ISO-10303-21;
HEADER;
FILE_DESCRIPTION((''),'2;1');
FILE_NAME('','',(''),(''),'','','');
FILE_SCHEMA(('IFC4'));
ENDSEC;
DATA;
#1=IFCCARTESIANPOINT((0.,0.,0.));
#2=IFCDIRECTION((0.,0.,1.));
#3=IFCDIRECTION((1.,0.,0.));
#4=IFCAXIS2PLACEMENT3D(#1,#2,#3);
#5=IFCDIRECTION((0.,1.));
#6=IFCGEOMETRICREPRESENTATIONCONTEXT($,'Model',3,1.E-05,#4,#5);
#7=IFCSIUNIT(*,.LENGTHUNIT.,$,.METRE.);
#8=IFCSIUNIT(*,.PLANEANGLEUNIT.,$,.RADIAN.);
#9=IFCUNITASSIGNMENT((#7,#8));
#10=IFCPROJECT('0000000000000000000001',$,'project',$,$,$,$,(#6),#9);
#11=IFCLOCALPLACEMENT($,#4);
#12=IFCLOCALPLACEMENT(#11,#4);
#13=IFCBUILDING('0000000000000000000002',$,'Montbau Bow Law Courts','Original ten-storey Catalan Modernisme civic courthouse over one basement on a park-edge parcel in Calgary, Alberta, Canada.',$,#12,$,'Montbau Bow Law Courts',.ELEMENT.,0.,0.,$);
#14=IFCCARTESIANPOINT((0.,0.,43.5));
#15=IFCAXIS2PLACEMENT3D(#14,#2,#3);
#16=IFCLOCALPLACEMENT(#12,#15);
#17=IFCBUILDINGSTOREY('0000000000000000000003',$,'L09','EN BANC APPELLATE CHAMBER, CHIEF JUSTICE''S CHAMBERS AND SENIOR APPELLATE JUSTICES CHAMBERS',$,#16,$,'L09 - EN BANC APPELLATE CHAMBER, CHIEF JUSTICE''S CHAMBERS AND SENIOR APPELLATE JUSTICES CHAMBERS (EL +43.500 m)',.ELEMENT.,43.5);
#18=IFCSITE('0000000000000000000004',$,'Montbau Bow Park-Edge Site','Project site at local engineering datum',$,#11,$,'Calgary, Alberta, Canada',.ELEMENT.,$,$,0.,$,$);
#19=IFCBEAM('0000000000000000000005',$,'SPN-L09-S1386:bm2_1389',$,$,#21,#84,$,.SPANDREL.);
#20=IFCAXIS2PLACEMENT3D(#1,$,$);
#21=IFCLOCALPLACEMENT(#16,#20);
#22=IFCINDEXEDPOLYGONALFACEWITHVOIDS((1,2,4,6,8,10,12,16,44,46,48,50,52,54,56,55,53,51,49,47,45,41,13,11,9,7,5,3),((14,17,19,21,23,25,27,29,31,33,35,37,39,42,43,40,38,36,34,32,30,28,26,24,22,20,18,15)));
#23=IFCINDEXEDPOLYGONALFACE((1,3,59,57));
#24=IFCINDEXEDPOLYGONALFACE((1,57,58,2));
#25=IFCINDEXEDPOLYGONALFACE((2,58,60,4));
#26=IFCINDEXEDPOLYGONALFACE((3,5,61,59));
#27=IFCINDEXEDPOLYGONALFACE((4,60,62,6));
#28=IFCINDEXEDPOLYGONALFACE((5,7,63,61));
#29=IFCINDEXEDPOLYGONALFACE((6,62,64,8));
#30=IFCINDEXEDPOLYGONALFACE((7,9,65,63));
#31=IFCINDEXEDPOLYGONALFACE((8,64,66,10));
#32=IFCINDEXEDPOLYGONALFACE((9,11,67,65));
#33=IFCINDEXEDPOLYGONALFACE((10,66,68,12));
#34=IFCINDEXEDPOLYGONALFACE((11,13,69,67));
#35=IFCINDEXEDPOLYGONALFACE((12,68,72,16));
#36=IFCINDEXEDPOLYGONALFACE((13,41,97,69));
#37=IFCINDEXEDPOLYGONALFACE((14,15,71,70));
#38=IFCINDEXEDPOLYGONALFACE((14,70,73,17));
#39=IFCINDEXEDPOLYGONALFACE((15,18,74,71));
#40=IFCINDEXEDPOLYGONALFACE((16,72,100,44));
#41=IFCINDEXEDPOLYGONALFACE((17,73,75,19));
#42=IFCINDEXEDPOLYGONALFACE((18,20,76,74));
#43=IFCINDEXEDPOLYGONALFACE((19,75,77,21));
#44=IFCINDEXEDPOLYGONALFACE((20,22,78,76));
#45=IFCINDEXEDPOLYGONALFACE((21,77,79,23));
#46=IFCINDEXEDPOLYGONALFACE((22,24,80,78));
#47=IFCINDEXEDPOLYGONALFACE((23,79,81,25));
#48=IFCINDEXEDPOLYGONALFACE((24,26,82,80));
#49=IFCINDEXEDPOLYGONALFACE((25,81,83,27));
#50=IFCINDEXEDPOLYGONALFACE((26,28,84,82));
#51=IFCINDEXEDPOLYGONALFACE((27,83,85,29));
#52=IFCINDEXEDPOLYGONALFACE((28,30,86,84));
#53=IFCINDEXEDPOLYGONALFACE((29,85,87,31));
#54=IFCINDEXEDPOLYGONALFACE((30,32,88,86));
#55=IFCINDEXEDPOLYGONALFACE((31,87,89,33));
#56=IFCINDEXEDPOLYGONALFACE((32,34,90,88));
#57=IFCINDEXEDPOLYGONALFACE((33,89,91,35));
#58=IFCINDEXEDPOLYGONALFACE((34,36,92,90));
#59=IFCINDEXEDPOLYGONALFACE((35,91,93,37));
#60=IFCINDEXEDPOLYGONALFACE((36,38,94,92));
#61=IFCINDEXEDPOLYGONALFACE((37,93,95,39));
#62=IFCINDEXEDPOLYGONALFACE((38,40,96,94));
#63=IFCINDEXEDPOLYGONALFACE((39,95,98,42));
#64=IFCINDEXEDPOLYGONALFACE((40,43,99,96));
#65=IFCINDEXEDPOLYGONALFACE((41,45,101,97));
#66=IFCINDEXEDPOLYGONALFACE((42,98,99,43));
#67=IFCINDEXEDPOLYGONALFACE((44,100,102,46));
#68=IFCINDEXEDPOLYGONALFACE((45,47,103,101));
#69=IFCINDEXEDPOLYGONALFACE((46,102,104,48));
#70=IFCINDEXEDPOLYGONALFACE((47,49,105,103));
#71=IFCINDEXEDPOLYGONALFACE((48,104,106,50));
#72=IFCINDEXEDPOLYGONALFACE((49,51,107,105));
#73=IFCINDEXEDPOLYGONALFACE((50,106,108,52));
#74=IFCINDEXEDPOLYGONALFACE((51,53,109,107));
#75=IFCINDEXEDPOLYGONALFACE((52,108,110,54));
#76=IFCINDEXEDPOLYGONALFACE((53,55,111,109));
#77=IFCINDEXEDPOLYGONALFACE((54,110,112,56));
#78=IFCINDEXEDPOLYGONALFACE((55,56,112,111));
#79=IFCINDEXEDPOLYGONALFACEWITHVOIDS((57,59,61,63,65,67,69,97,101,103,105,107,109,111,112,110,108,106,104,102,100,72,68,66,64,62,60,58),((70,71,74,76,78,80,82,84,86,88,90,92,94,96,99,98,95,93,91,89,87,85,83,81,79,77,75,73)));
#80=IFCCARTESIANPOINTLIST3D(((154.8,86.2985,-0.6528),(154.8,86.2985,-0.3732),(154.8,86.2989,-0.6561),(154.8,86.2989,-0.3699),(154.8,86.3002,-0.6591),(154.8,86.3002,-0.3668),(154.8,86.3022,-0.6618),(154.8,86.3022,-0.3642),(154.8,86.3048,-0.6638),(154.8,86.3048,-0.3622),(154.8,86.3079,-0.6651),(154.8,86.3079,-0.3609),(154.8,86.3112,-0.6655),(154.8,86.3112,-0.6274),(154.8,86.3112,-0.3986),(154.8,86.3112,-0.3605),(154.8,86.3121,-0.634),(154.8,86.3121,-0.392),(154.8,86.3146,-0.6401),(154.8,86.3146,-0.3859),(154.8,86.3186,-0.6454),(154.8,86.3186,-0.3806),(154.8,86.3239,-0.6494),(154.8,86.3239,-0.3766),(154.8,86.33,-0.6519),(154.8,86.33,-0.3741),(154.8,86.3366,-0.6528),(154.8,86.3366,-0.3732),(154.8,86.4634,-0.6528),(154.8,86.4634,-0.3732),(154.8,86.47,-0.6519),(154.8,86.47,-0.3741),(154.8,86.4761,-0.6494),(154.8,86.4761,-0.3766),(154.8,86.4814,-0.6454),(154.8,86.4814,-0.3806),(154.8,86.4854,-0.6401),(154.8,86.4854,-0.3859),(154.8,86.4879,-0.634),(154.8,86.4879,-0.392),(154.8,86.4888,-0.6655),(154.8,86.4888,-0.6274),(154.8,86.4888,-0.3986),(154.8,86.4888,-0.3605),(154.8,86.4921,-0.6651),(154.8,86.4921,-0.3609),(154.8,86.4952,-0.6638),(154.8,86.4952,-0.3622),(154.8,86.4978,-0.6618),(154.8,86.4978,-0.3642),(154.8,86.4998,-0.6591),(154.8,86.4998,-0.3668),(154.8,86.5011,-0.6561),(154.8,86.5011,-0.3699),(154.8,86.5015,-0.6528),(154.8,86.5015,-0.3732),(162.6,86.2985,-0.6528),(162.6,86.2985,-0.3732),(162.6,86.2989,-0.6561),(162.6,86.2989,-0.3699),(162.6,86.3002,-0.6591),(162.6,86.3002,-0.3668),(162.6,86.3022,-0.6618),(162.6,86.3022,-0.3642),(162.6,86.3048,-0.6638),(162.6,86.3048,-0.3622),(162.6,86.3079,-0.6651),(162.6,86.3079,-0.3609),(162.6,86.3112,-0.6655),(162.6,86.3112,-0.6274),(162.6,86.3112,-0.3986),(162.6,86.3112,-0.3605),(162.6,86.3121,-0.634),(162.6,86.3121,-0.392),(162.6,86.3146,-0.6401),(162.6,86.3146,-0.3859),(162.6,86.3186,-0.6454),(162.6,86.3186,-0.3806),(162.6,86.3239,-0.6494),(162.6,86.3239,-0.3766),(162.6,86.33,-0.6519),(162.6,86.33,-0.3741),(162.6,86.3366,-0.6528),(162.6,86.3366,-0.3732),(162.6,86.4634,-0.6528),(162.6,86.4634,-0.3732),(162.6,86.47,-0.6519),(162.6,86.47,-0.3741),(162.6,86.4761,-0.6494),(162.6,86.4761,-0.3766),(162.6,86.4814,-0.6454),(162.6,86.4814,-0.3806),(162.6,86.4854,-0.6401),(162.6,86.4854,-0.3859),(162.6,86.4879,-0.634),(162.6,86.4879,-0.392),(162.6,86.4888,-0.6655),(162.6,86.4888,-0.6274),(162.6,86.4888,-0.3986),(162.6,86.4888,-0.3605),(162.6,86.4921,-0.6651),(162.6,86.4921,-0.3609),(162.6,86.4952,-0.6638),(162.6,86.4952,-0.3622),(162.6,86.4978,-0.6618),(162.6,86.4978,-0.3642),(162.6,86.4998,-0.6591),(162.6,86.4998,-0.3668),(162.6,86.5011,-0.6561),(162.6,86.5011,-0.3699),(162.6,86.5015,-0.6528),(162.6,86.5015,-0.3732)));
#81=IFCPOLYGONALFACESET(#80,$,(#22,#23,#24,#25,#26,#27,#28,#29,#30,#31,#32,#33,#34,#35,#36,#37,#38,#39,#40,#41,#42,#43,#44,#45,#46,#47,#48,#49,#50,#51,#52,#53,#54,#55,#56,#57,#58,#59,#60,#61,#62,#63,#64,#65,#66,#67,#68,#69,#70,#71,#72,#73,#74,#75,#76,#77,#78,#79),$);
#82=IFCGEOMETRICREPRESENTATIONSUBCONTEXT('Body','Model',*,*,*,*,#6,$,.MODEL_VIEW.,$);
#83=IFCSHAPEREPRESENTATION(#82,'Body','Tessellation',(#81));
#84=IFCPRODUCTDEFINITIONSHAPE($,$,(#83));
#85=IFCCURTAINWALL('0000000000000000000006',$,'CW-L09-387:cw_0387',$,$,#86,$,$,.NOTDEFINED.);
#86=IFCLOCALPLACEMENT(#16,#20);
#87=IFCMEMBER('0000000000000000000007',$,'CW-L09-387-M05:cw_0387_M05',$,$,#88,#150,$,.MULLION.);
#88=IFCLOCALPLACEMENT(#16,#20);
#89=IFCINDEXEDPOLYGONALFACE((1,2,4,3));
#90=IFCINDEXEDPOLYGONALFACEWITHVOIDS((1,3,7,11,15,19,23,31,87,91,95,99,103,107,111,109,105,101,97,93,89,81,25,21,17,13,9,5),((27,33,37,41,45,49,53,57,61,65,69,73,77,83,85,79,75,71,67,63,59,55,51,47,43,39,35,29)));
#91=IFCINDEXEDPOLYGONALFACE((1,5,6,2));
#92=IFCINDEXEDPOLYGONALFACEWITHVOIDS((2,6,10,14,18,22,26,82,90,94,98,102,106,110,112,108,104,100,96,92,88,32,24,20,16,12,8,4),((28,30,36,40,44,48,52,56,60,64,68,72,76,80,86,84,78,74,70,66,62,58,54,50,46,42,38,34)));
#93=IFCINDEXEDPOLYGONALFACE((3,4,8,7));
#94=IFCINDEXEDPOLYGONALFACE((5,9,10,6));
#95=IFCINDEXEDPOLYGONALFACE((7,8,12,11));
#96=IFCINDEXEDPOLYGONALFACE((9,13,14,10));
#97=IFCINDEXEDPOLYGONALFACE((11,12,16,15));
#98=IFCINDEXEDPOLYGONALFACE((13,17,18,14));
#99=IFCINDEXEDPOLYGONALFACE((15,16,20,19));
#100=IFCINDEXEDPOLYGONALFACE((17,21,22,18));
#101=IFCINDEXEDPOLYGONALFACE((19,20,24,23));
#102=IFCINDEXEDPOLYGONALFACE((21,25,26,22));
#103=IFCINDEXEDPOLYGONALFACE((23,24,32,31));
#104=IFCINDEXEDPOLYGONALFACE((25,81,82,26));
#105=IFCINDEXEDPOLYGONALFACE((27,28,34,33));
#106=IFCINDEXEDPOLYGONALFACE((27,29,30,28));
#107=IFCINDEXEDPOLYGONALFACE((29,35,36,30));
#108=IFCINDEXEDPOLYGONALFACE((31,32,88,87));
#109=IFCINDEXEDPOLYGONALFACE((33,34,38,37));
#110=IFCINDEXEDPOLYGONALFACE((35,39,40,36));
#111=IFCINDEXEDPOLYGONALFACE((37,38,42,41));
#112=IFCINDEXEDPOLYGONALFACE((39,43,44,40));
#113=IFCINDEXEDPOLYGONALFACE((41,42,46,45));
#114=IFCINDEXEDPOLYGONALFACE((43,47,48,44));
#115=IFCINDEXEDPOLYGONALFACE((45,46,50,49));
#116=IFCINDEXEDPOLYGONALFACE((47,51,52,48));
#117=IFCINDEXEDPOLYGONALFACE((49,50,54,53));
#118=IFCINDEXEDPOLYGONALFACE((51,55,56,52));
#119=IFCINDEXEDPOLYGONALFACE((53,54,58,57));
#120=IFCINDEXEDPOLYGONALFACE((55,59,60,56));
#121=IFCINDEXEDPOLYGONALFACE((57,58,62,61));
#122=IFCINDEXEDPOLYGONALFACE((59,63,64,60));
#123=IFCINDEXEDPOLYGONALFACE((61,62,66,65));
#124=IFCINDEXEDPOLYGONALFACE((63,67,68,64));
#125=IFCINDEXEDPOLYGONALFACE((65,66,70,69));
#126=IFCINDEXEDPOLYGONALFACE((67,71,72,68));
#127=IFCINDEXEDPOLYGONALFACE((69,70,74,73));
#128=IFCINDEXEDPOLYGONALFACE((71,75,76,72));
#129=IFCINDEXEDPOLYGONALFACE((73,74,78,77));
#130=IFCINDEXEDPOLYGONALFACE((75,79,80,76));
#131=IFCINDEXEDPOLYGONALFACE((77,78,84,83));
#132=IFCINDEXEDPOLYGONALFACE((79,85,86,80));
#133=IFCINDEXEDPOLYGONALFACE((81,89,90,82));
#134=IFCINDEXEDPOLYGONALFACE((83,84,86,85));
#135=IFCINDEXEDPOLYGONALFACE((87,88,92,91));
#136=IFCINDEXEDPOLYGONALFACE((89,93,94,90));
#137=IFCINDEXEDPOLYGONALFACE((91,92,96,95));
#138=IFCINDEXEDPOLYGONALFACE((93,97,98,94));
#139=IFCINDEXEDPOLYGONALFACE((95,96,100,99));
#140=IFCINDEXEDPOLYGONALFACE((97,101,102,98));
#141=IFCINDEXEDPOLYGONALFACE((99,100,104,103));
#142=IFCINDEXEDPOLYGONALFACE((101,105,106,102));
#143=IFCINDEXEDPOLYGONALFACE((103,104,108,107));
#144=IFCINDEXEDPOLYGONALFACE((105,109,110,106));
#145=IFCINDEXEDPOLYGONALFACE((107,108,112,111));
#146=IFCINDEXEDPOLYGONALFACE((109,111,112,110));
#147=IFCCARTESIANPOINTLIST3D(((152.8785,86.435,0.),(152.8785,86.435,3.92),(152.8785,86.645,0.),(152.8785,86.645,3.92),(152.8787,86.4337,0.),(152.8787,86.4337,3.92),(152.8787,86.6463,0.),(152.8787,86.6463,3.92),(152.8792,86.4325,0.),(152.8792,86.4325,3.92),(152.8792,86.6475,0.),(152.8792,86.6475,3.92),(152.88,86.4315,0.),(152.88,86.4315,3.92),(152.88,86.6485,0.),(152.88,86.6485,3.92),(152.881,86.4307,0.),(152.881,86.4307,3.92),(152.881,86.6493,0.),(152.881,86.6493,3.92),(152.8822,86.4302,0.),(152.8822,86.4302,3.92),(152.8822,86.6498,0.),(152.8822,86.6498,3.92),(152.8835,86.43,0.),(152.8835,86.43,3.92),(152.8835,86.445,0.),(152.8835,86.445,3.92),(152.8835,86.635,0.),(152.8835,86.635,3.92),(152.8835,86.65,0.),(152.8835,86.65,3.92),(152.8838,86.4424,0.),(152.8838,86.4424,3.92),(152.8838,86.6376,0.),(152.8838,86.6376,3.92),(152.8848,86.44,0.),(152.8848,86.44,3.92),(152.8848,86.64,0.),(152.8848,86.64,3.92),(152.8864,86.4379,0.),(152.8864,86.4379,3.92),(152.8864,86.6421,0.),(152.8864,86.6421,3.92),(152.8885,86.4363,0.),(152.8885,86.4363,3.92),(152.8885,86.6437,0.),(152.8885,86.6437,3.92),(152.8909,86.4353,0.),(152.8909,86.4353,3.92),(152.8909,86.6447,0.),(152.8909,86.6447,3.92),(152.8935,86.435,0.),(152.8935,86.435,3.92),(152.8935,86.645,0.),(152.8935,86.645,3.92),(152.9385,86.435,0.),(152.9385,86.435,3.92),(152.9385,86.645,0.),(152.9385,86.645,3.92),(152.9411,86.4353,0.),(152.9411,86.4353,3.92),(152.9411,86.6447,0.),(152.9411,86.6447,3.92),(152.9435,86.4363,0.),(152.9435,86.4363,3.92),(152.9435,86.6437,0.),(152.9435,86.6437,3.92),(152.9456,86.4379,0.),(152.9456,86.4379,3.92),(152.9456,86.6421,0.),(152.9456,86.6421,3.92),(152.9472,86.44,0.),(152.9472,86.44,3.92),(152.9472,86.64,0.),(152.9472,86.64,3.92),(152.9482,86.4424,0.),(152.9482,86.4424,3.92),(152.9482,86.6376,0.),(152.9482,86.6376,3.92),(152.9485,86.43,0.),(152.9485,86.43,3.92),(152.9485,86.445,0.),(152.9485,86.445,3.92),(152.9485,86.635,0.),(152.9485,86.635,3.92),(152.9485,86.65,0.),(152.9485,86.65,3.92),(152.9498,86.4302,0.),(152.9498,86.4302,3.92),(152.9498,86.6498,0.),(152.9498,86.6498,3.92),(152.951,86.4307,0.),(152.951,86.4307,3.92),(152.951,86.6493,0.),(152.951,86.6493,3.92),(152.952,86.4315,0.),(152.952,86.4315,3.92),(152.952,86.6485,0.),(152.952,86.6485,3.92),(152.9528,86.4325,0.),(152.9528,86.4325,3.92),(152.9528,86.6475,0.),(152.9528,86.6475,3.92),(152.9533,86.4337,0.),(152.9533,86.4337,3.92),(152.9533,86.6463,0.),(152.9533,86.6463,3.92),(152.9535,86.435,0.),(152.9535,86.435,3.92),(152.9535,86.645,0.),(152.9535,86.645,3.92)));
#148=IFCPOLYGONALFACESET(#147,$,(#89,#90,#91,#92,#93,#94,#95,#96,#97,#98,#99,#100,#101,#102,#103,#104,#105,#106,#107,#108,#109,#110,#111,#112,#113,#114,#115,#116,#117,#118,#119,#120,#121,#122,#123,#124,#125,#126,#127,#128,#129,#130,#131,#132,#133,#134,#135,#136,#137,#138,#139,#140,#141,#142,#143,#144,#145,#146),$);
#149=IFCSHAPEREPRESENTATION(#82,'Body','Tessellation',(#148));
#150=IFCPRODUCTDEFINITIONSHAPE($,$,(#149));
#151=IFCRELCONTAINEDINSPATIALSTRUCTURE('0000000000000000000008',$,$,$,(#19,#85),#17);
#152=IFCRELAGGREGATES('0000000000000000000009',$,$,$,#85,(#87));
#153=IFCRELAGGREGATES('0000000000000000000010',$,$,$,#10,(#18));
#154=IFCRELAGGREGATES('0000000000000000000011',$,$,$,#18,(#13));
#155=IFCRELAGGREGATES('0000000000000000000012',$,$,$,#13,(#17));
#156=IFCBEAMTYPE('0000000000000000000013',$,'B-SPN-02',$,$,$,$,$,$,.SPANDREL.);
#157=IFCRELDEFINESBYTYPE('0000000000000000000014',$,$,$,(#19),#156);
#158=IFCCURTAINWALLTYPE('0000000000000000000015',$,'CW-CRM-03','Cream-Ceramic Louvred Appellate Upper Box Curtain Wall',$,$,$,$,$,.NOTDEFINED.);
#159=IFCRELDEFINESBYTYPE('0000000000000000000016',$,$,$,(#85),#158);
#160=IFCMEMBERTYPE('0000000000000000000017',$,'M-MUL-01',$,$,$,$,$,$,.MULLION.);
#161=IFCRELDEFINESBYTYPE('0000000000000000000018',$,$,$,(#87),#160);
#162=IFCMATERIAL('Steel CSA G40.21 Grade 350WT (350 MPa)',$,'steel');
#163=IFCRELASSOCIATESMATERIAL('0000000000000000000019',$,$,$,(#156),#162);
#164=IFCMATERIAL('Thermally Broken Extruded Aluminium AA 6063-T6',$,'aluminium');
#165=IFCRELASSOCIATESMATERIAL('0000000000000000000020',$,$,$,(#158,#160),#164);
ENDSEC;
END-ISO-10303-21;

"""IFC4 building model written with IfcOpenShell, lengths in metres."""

from ifc_helpers import new_model, si_unit, direction, frame, origin_with_axes, origin_2d_with_axis, place, context, subcontext, project, spatial, hollow_rectangle, extrude, material, material_profile, profile_set, type_object, element, aggregate, save


model = new_model("IFC4")

# Units and contexts
model_context = context("Model", 3, precision=1e-05, world=origin_with_axes(), true_north=direction((0.0, 1.0)))
body_context = subcontext(model_context, "Body", "Model", "MODEL_VIEW")
ifc_project = project(units=[si_unit("LENGTHUNIT", "METRE"), si_unit("PLANEANGLEUNIT", "RADIAN")], contexts=[model_context])

# Site, building, storey
site_placement = place(None, origin_with_axes())
site = spatial("IfcSite", under=ifc_project, at=site_placement, Name="Montbau Bow Park-Edge Site", Description="Project site at local engineering datum", LongName="Calgary, Alberta, Canada", CompositionType="ELEMENT", RefElevation=0.0)
building_placement = place(site_placement, origin_with_axes())
building = spatial("IfcBuilding", under=site, at=building_placement, Name="Montbau Bow Law Courts", Description="Original ten-storey Catalan Modernisme civic courthouse over one basement on a park-edge parcel in Calgary, Alberta, Canada.", LongName="Montbau Bow Law Courts", CompositionType="ELEMENT", ElevationOfRefHeight=0.0, ElevationOfTerrain=0.0)
storey_placement = place(building_placement, frame((0.0, 0.0, 43.5), z_axis=(0.0, 0.0, 1.0), x_axis=(1.0, 0.0, 0.0)))
storey = spatial("IfcBuildingStorey", under=building, at=storey_placement, Name="L09", Description="EN BANC APPELLATE CHAMBER, CHIEF JUSTICE'S CHAMBERS AND SENIOR APPELLATE JUSTICES CHAMBERS", LongName="L09 - EN BANC APPELLATE CHAMBER, CHIEF JUSTICE'S CHAMBERS AND SENIOR APPELLATE JUSTICES CHAMBERS (EL +43.500 m)", CompositionType="ELEMENT", Elevation=43.5)

# Beam
ifc_material_1 = material(Name="Steel CSA G40.21 Grade 350WT (350 MPa)", Category="steel")
ifc_material_profile_1 = material_profile(ifc_material_1, hollow_rectangle(XDim=0.203, YDim=0.305, WallThickness=0.0127, InnerFilletRadius=0.0254, OuterFilletRadius=0.0127, at=origin_2d_with_axis()), Name="HSS305X203X13", Category="Main", Priority=0)
ifc_profile_set_1 = profile_set([ifc_material_profile_1], Name="Steel CSA G40.21 Grade 350WT (350 MPa)")
beam_type = type_object("IfcBeamType", Name="B-SPN-02", PredefinedType="SPANDREL", material=ifc_profile_set_1)
beam_placement = place(None, frame((154.8, 86.4, 42.987), z_axis=(1.0, 0.0, 0.0), x_axis=(0.0, 1.0, 0.0)))
element("IfcBeam", 1, at=beam_placement, inside=storey, type_object=beam_type, Name="SPN-L09-S1386:bm2_1389", PredefinedType="SPANDREL", context=body_context, shape_type="SweptSolid", body=[
    extrude(hollow_rectangle(XDim=0.203, YDim=0.305, WallThickness=0.0127, InnerFilletRadius=0.0254, OuterFilletRadius=0.0127, at=origin_2d_with_axis()), origin_with_axes(), (0.0, 0.0, 1.0), 7.8),
])

# Curtain wall, member
ifc_material_2 = material(Name="Thermally Broken Extruded Aluminium AA 6063-T6", Category="aluminium")
curtain_wall_type = type_object("IfcCurtainWallType", Name="CW-CRM-03", Description="Cream-Ceramic Louvred Appellate Upper Box Curtain Wall", PredefinedType="NOTDEFINED", material=ifc_material_2)
curtain_wall_placement = place(None, frame((147.44, 86.54, 43.5), z_axis=(0.0, 0.0, 1.0), x_axis=(1.0, 0.0, 0.0)))
curtain_wall = element("IfcCurtainWall", 2, at=curtain_wall_placement, inside=storey, type_object=curtain_wall_type, Name="CW-L09-387:cw_0387", PredefinedType="NOTDEFINED")
ifc_material_profile_2 = material_profile(ifc_material_2, hollow_rectangle(XDim=0.075, YDim=0.22, WallThickness=0.005, InnerFilletRadius=0.01, OuterFilletRadius=0.005, at=origin_2d_with_axis()), Name="CWM-220X75", Category="Main", Priority=0)
ifc_profile_set_2 = profile_set([ifc_material_profile_2], Name="Thermally Broken Extruded Aluminium AA 6063-T6")
member_type_1 = type_object("IfcMemberType", Name="M-MUL-01", PredefinedType="MULLION", material=ifc_profile_set_2)
member_1_placement = place(None, frame((152.916, 86.54, 43.5), z_axis=(0.0, 0.0, 1.0), x_axis=(1.0, 0.0, 0.0)))
member_1 = element("IfcMember", 3, at=member_1_placement, type_object=member_type_1, Name="CW-L09-387-M05:cw_0387_M05", PredefinedType="MULLION", context=body_context, shape_type="SweptSolid", body=[
    extrude(hollow_rectangle(XDim=0.075, YDim=0.22, WallThickness=0.005, InnerFilletRadius=0.01, OuterFilletRadius=0.005, at=origin_2d_with_axis()), origin_with_axes(), (0.0, 0.0, 1.0), 3.92),
])
aggregate(curtain_wall, [member_1])

save(model, "model.ifc")
